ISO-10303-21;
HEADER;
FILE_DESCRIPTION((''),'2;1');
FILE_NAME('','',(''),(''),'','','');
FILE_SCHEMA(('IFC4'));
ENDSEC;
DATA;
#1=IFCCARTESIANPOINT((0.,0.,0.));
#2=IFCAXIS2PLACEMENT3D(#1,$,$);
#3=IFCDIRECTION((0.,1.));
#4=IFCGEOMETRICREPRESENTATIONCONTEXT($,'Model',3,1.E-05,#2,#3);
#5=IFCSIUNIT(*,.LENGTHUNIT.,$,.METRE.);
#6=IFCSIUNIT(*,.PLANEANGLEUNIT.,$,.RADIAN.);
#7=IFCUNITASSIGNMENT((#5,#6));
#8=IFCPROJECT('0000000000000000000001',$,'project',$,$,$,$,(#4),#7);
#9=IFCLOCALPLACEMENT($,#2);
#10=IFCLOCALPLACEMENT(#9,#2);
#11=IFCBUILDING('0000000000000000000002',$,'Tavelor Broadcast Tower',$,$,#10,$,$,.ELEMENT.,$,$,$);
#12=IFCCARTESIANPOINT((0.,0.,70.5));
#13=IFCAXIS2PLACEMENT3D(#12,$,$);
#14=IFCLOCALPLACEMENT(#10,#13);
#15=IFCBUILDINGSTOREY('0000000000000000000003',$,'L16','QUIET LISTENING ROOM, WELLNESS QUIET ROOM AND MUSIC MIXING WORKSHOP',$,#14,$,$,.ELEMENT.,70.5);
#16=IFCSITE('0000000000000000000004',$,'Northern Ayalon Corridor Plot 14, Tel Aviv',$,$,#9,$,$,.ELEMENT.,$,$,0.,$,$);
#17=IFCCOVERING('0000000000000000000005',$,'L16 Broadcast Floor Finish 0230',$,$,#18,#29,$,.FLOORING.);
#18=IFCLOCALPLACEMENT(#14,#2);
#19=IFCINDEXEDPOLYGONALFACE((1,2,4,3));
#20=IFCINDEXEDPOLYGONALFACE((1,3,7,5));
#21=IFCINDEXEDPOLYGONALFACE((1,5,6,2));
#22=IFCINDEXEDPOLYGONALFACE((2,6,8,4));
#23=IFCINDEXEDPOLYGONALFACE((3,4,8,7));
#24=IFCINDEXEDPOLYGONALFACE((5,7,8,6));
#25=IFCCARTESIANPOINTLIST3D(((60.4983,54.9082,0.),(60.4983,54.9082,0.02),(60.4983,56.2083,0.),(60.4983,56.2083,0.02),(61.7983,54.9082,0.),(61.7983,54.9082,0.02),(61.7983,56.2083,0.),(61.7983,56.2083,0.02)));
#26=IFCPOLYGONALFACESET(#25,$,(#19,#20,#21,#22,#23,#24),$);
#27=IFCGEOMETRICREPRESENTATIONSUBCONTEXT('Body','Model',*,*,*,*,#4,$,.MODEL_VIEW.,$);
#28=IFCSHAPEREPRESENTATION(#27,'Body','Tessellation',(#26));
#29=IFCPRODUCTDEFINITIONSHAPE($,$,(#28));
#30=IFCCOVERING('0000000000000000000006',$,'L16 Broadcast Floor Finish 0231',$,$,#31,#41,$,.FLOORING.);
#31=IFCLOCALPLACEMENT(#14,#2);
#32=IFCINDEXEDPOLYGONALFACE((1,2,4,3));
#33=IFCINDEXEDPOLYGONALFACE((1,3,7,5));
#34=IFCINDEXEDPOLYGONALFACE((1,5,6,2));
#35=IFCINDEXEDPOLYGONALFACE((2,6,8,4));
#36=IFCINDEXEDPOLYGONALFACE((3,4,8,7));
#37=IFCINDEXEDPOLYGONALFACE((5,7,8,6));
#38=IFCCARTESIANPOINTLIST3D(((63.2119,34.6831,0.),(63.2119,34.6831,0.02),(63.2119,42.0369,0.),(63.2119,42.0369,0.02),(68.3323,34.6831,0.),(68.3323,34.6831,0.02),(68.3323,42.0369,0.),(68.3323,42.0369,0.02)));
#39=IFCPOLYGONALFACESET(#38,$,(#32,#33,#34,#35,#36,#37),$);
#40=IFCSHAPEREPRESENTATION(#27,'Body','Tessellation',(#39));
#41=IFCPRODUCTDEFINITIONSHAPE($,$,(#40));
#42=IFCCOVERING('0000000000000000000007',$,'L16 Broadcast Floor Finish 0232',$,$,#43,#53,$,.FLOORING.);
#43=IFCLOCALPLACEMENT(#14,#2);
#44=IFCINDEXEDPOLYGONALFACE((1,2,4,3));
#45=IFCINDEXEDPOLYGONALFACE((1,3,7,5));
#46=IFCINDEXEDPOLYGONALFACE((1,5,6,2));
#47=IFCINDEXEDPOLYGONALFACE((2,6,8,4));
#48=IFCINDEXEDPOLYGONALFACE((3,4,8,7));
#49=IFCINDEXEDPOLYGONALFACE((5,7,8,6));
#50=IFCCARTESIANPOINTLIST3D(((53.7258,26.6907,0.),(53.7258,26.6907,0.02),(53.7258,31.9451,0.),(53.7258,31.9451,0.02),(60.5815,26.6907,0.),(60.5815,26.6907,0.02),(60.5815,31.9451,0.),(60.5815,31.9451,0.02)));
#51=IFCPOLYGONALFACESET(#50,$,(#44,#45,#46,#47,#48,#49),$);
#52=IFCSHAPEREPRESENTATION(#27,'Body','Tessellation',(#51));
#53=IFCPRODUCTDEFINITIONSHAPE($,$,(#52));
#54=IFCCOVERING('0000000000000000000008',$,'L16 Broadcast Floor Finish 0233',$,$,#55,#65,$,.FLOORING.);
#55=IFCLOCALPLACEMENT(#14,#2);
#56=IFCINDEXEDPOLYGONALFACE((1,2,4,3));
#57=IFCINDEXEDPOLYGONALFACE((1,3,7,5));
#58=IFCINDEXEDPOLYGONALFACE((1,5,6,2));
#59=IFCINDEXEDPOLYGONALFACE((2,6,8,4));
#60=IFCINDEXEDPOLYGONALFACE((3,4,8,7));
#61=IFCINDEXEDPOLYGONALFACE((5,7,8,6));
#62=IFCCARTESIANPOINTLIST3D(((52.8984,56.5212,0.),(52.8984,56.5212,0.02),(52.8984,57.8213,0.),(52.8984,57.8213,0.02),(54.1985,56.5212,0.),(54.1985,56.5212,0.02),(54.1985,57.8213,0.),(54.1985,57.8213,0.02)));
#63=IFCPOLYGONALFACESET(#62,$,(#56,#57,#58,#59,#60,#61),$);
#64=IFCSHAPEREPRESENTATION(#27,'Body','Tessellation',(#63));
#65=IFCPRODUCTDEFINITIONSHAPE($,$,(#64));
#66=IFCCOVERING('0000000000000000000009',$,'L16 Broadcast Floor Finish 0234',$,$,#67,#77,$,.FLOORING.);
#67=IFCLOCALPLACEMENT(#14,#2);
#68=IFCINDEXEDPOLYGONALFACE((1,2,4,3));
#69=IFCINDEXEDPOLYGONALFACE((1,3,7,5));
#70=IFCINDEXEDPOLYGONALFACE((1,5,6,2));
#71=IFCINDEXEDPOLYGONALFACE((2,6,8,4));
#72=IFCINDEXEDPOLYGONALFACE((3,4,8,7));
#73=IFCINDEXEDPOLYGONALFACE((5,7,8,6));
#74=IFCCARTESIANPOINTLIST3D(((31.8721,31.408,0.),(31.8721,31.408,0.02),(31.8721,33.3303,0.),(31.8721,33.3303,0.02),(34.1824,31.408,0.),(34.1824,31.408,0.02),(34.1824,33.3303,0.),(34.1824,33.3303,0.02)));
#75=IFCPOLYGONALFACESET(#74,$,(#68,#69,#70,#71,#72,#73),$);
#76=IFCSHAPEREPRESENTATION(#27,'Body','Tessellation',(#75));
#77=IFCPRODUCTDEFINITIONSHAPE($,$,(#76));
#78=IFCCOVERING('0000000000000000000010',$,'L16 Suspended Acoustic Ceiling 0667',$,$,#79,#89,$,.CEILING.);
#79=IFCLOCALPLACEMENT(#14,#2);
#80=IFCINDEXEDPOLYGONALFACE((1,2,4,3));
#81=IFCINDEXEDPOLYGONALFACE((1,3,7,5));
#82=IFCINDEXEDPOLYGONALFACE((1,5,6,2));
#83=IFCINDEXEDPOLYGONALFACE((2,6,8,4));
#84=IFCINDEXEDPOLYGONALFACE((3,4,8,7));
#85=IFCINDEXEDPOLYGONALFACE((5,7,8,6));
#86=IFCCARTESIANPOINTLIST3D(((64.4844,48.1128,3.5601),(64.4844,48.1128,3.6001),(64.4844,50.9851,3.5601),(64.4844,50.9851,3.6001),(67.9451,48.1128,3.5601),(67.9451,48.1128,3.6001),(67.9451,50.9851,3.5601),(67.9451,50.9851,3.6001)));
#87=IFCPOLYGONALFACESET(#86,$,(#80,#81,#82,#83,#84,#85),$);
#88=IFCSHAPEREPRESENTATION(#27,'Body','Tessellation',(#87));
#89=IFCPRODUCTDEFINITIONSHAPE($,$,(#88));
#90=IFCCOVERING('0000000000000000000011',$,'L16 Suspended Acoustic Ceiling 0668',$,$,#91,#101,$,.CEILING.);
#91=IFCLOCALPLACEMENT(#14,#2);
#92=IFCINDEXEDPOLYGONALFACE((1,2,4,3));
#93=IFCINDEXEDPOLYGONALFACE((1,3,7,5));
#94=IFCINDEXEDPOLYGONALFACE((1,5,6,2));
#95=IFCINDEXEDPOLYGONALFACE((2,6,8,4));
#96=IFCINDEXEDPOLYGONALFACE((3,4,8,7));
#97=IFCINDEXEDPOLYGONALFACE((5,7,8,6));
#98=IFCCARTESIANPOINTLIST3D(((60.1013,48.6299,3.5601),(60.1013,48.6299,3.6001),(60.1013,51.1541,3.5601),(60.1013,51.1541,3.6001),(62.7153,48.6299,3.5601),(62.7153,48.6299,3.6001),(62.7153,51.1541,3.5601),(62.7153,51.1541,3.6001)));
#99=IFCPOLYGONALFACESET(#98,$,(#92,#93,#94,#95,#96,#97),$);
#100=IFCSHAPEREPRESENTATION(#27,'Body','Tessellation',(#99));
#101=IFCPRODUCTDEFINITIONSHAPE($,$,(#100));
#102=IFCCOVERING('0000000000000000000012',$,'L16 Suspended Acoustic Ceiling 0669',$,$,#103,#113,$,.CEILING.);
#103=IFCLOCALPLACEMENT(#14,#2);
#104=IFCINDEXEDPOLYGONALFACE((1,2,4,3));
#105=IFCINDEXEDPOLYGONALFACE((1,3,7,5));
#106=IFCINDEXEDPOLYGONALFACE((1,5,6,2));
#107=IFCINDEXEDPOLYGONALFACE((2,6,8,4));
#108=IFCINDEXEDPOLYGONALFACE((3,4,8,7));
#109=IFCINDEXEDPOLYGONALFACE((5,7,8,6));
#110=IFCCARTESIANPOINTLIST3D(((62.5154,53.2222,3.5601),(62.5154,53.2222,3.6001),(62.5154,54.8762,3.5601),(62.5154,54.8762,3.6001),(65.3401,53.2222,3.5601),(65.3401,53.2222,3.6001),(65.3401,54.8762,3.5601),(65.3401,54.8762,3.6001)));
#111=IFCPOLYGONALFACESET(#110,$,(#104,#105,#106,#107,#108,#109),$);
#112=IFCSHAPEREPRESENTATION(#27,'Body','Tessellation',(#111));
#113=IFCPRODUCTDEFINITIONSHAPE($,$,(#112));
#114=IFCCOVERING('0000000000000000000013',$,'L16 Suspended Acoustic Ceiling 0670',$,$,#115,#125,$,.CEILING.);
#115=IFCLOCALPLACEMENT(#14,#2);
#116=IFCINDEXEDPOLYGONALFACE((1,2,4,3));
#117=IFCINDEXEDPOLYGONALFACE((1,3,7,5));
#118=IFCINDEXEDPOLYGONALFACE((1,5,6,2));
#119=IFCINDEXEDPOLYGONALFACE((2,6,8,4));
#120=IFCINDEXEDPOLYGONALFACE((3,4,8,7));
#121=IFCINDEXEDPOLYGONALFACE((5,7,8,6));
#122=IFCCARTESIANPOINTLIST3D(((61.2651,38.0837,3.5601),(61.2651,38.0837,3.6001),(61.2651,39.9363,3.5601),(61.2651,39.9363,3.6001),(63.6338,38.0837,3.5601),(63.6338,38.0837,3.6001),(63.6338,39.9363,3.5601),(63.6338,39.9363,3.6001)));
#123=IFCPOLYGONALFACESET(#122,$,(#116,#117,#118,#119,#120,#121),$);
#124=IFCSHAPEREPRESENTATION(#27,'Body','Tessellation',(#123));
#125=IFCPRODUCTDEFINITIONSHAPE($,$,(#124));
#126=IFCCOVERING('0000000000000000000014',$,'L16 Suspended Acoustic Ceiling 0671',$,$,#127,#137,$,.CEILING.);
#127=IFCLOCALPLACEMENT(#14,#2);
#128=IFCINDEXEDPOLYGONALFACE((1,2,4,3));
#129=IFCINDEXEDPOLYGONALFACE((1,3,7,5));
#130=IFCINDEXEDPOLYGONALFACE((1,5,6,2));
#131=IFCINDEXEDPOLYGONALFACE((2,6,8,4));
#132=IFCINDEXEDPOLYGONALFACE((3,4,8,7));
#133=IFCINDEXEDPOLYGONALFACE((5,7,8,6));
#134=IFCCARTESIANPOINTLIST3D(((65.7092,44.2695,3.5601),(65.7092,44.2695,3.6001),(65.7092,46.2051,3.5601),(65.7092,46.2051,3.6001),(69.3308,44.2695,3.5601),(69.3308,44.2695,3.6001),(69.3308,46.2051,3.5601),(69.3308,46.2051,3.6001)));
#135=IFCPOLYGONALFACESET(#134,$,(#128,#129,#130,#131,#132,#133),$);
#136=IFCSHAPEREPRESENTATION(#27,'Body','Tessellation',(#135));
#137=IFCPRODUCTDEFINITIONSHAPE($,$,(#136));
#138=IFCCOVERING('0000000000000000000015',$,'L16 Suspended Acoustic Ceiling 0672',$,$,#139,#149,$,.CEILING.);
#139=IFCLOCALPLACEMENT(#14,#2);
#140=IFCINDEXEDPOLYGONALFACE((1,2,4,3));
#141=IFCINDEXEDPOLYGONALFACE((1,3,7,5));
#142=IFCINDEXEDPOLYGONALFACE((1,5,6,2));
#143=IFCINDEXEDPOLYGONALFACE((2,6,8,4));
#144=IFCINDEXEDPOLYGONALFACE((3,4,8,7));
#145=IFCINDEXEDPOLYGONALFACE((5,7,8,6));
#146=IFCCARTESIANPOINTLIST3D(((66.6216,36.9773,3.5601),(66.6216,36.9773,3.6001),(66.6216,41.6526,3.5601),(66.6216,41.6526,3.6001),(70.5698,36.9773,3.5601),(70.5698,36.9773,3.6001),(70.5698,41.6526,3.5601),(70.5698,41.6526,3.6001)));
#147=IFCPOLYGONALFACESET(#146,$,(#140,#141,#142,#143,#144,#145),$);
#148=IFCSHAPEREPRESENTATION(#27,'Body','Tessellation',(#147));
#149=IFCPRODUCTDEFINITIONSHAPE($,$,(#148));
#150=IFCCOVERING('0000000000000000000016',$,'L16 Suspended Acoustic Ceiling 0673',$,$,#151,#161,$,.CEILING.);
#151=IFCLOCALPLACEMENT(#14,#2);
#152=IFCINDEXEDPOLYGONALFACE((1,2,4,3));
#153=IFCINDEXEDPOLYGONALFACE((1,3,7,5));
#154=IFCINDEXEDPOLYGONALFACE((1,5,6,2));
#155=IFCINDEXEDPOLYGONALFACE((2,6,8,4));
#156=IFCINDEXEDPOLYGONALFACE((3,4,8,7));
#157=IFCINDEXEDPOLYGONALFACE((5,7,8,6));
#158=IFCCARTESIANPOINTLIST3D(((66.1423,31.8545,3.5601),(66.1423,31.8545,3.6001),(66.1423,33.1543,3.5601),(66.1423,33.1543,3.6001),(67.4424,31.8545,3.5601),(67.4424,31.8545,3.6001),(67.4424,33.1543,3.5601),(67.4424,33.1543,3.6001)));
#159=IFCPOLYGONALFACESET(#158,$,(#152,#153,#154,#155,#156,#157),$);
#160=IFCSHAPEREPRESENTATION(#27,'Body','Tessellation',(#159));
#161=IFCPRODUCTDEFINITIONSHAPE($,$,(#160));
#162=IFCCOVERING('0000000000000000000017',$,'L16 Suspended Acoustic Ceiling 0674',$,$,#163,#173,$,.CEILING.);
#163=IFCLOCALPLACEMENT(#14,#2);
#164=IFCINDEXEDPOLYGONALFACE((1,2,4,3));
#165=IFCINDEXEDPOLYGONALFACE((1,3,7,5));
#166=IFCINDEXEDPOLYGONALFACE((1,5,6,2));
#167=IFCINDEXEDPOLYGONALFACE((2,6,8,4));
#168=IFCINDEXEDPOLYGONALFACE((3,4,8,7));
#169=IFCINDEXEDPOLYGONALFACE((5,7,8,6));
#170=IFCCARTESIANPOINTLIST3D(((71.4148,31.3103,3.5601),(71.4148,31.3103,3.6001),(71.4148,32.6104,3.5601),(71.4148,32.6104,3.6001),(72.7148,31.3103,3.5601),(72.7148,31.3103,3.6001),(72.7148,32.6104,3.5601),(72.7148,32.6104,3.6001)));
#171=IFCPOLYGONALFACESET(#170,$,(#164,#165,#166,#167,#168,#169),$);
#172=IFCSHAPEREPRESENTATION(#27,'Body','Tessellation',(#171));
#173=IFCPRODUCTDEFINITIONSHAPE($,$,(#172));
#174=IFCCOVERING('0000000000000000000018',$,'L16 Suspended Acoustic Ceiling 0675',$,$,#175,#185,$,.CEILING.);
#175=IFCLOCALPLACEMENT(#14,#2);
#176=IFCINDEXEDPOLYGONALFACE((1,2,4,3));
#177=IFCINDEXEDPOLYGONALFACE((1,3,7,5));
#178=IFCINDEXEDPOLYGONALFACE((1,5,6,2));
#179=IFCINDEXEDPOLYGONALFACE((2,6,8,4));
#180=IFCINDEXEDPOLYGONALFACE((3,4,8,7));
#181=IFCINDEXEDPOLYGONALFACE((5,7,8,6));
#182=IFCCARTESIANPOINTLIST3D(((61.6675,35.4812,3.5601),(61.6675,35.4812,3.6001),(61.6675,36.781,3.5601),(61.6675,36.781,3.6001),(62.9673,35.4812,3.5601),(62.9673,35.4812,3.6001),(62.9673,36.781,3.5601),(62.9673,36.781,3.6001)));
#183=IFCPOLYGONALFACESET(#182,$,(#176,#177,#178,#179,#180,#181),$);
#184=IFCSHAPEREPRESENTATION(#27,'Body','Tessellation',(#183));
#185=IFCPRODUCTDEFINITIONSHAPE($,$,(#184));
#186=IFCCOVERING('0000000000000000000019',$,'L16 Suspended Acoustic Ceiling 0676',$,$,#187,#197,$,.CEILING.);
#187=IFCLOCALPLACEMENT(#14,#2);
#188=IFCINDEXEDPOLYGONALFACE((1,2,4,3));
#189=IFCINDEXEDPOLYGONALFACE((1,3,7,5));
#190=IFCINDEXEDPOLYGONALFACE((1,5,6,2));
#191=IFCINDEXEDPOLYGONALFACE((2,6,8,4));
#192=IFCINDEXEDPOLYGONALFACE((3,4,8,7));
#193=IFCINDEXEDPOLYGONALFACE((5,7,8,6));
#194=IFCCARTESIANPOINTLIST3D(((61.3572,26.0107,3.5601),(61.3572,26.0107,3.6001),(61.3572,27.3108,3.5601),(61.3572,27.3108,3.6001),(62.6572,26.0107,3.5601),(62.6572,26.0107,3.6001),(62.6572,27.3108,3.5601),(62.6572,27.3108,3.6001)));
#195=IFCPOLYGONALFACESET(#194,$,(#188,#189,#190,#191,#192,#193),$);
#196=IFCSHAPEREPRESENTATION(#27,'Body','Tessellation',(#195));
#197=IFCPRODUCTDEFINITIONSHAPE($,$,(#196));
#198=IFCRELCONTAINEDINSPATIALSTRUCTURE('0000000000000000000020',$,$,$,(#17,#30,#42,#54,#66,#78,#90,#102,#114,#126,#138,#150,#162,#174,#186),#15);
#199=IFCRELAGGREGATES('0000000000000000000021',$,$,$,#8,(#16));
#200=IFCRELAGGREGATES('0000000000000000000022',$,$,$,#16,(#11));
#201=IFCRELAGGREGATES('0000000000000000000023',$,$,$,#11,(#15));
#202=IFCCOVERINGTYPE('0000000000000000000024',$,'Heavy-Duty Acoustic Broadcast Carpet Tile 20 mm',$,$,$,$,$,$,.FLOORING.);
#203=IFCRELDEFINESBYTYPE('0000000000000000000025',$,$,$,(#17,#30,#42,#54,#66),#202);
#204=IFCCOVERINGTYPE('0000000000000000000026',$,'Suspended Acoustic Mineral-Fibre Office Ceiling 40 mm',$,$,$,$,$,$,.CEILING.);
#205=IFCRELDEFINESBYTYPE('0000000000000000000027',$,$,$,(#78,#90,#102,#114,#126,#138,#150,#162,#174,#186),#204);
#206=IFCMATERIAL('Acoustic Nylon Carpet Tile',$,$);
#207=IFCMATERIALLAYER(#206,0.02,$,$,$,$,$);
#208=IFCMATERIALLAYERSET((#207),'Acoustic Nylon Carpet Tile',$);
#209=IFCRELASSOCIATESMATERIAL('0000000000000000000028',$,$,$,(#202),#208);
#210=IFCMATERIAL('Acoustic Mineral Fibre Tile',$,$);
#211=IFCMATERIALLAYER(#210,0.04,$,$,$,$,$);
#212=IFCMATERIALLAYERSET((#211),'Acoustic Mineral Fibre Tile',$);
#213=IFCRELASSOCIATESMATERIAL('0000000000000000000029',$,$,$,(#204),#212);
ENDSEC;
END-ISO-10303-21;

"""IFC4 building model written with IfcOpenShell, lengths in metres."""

from ifc_helpers import new_model, si_unit, direction, frame, origin, place, context, subcontext, project, spatial, polyline, outline, extrude, material, layer, layer_set, type_object, element, save


model = new_model("IFC4")

# Units and contexts
model_context = context("Model", 3, precision=1e-05, world=origin(), true_north=direction((0.0, 1.0)))
body_context = subcontext(model_context, "Body", "Model", "MODEL_VIEW")
ifc_project = project(units=[si_unit("LENGTHUNIT", "METRE"), si_unit("PLANEANGLEUNIT", "RADIAN")], contexts=[model_context])

# Site, building, storey
site_placement = place(None, origin())
site = spatial("IfcSite", under=ifc_project, at=site_placement, Name="Northern Ayalon Corridor Plot 14, Tel Aviv", CompositionType="ELEMENT", RefElevation=0.0)
building_placement = place(site_placement, origin())
building = spatial("IfcBuilding", under=site, at=building_placement, Name="Tavelor Broadcast Tower", CompositionType="ELEMENT")
storey_placement = place(building_placement, frame((0.0, 0.0, 70.5)))
storey = spatial("IfcBuildingStorey", under=building, at=storey_placement, Name="L16", Description="QUIET LISTENING ROOM, WELLNESS QUIET ROOM AND MUSIC MIXING WORKSHOP", CompositionType="ELEMENT", Elevation=70.5)

# Coverings
ifc_material_1 = material(Name="Acoustic Nylon Carpet Tile")
ifc_layer_1 = layer(ifc_material_1, 0.02)
ifc_layer_set_1 = layer_set([ifc_layer_1], Name="Acoustic Nylon Carpet Tile")
covering_type_1 = type_object("IfcCoveringType", Name="Heavy-Duty Acoustic Broadcast Carpet Tile 20 mm", PredefinedType="FLOORING", material=ifc_layer_set_1)
covering_1_placement = place(storey_placement, origin())
element("IfcCovering", 1, at=covering_1_placement, inside=storey, type_object=covering_type_1, Name="L16 Broadcast Floor Finish 0230", PredefinedType="FLOORING", context=body_context, shape_type="SweptSolid", body=[
    extrude(outline(polyline([(60.4983, 54.9082), (61.7983, 54.9082), (61.7983, 56.2083), (60.4983, 56.2083), (60.4983, 54.9082)])), origin(), (0.0, 0.0, 1.0), 0.02),
])
covering_2_placement = place(storey_placement, origin())
element("IfcCovering", 2, at=covering_2_placement, inside=storey, type_object=covering_type_1, Name="L16 Broadcast Floor Finish 0231", PredefinedType="FLOORING", context=body_context, shape_type="SweptSolid", body=[
    extrude(outline(polyline([(63.2119, 34.6831), (68.3323, 34.6831), (68.3323, 42.0369), (63.2119, 42.0369), (63.2119, 34.6831)])), origin(), (0.0, 0.0, 1.0), 0.02),
])
covering_3_placement = place(storey_placement, origin())
element("IfcCovering", 3, at=covering_3_placement, inside=storey, type_object=covering_type_1, Name="L16 Broadcast Floor Finish 0232", PredefinedType="FLOORING", context=body_context, shape_type="SweptSolid", body=[
    extrude(outline(polyline([(53.7258, 26.6907), (60.5815, 26.6907), (60.5815, 31.9451), (53.7258, 31.9451), (53.7258, 26.6907)])), origin(), (0.0, 0.0, 1.0), 0.02),
])
covering_4_placement = place(storey_placement, origin())
element("IfcCovering", 4, at=covering_4_placement, inside=storey, type_object=covering_type_1, Name="L16 Broadcast Floor Finish 0233", PredefinedType="FLOORING", context=body_context, shape_type="SweptSolid", body=[
    extrude(outline(polyline([(52.8984, 56.5212), (54.1985, 56.5212), (54.1985, 57.8213), (52.8984, 57.8213), (52.8984, 56.5212)])), origin(), (0.0, 0.0, 1.0), 0.02),
])
covering_5_placement = place(storey_placement, origin())
element("IfcCovering", 5, at=covering_5_placement, inside=storey, type_object=covering_type_1, Name="L16 Broadcast Floor Finish 0234", PredefinedType="FLOORING", context=body_context, shape_type="SweptSolid", body=[
    extrude(outline(polyline([(31.8721, 31.408), (34.1824, 31.408), (34.1824, 33.3303), (31.8721, 33.3303), (31.8721, 31.408)])), origin(), (0.0, 0.0, 1.0), 0.02),
])
ifc_material_2 = material(Name="Acoustic Mineral Fibre Tile")
ifc_layer_2 = layer(ifc_material_2, 0.04)
ifc_layer_set_2 = layer_set([ifc_layer_2], Name="Acoustic Mineral Fibre Tile")
covering_type_2 = type_object("IfcCoveringType", Name="Suspended Acoustic Mineral-Fibre Office Ceiling 40 mm", PredefinedType="CEILING", material=ifc_layer_set_2)
covering_6_placement = place(storey_placement, frame((0.0, 0.0, 3.5601)))
element("IfcCovering", 6, at=covering_6_placement, inside=storey, type_object=covering_type_2, Name="L16 Suspended Acoustic Ceiling 0667", PredefinedType="CEILING", context=body_context, shape_type="SweptSolid", body=[
    extrude(outline(polyline([(64.4844, 48.1128), (67.9451, 48.1128), (67.9451, 50.9851), (64.4844, 50.9851), (64.4844, 48.1128)])), origin(), (0.0, 0.0, 1.0), 0.04),
])
covering_7_placement = place(storey_placement, frame((0.0, 0.0, 3.5601)))
element("IfcCovering", 7, at=covering_7_placement, inside=storey, type_object=covering_type_2, Name="L16 Suspended Acoustic Ceiling 0668", PredefinedType="CEILING", context=body_context, shape_type="SweptSolid", body=[
    extrude(outline(polyline([(60.1013, 48.6299), (62.7153, 48.6299), (62.7153, 51.1541), (60.1013, 51.1541), (60.1013, 48.6299)])), origin(), (0.0, 0.0, 1.0), 0.04),
])
covering_8_placement = place(storey_placement, frame((0.0, 0.0, 3.5601)))
element("IfcCovering", 8, at=covering_8_placement, inside=storey, type_object=covering_type_2, Name="L16 Suspended Acoustic Ceiling 0669", PredefinedType="CEILING", context=body_context, shape_type="SweptSolid", body=[
    extrude(outline(polyline([(62.5154, 53.2222), (65.3401, 53.2222), (65.3401, 54.8762), (62.5154, 54.8762), (62.5154, 53.2222)])), origin(), (0.0, 0.0, 1.0), 0.04),
])
covering_9_placement = place(storey_placement, frame((0.0, 0.0, 3.5601)))
element("IfcCovering", 9, at=covering_9_placement, inside=storey, type_object=covering_type_2, Name="L16 Suspended Acoustic Ceiling 0670", PredefinedType="CEILING", context=body_context, shape_type="SweptSolid", body=[
    extrude(outline(polyline([(61.2651, 38.0837), (63.6338, 38.0837), (63.6338, 39.9363), (61.2651, 39.9363), (61.2651, 38.0837)])), origin(), (0.0, 0.0, 1.0), 0.04),
])
covering_10_placement = place(storey_placement, frame((0.0, 0.0, 3.5601)))
element("IfcCovering", 10, at=covering_10_placement, inside=storey, type_object=covering_type_2, Name="L16 Suspended Acoustic Ceiling 0671", PredefinedType="CEILING", context=body_context, shape_type="SweptSolid", body=[
    extrude(outline(polyline([(65.7092, 44.2695), (69.3308, 44.2695), (69.3308, 46.2051), (65.7092, 46.2051), (65.7092, 44.2695)])), origin(), (0.0, 0.0, 1.0), 0.04),
])
covering_11_placement = place(storey_placement, frame((0.0, 0.0, 3.5601)))
element("IfcCovering", 11, at=covering_11_placement, inside=storey, type_object=covering_type_2, Name="L16 Suspended Acoustic Ceiling 0672", PredefinedType="CEILING", context=body_context, shape_type="SweptSolid", body=[
    extrude(outline(polyline([(66.6216, 36.9773), (70.5698, 36.9773), (70.5698, 41.6526), (66.6216, 41.6526), (66.6216, 36.9773)])), origin(), (0.0, 0.0, 1.0), 0.04),
])
covering_12_placement = place(storey_placement, frame((0.0, 0.0, 3.5601)))
element("IfcCovering", 12, at=covering_12_placement, inside=storey, type_object=covering_type_2, Name="L16 Suspended Acoustic Ceiling 0673", PredefinedType="CEILING", context=body_context, shape_type="SweptSolid", body=[
    extrude(outline(polyline([(66.1423, 31.8545), (67.4424, 31.8545), (67.4424, 33.1543), (66.1423, 33.1543), (66.1423, 31.8545)])), origin(), (0.0, 0.0, 1.0), 0.04),
])
covering_13_placement = place(storey_placement, frame((0.0, 0.0, 3.5601)))
element("IfcCovering", 13, at=covering_13_placement, inside=storey, type_object=covering_type_2, Name="L16 Suspended Acoustic Ceiling 0674", PredefinedType="CEILING", context=body_context, shape_type="SweptSolid", body=[
    extrude(outline(polyline([(71.4148, 31.3103), (72.7148, 31.3103), (72.7148, 32.6104), (71.4148, 32.6104), (71.4148, 31.3103)])), origin(), (0.0, 0.0, 1.0), 0.04),
])
covering_14_placement = place(storey_placement, frame((0.0, 0.0, 3.5601)))
element("IfcCovering", 14, at=covering_14_placement, inside=storey, type_object=covering_type_2, Name="L16 Suspended Acoustic Ceiling 0675", PredefinedType="CEILING", context=body_context, shape_type="SweptSolid", body=[
    extrude(outline(polyline([(61.6675, 35.4812), (62.9673, 35.4812), (62.9673, 36.781), (61.6675, 36.781), (61.6675, 35.4812)])), origin(), (0.0, 0.0, 1.0), 0.04),
])
covering_15_placement = place(storey_placement, frame((0.0, 0.0, 3.5601)))
element("IfcCovering", 15, at=covering_15_placement, inside=storey, type_object=covering_type_2, Name="L16 Suspended Acoustic Ceiling 0676", PredefinedType="CEILING", context=body_context, shape_type="SweptSolid", body=[
    extrude(outline(polyline([(61.3572, 26.0107), (62.6572, 26.0107), (62.6572, 27.3108), (61.3572, 27.3108), (61.3572, 26.0107)])), origin(), (0.0, 0.0, 1.0), 0.04),
])

save(model, "model.ifc")
